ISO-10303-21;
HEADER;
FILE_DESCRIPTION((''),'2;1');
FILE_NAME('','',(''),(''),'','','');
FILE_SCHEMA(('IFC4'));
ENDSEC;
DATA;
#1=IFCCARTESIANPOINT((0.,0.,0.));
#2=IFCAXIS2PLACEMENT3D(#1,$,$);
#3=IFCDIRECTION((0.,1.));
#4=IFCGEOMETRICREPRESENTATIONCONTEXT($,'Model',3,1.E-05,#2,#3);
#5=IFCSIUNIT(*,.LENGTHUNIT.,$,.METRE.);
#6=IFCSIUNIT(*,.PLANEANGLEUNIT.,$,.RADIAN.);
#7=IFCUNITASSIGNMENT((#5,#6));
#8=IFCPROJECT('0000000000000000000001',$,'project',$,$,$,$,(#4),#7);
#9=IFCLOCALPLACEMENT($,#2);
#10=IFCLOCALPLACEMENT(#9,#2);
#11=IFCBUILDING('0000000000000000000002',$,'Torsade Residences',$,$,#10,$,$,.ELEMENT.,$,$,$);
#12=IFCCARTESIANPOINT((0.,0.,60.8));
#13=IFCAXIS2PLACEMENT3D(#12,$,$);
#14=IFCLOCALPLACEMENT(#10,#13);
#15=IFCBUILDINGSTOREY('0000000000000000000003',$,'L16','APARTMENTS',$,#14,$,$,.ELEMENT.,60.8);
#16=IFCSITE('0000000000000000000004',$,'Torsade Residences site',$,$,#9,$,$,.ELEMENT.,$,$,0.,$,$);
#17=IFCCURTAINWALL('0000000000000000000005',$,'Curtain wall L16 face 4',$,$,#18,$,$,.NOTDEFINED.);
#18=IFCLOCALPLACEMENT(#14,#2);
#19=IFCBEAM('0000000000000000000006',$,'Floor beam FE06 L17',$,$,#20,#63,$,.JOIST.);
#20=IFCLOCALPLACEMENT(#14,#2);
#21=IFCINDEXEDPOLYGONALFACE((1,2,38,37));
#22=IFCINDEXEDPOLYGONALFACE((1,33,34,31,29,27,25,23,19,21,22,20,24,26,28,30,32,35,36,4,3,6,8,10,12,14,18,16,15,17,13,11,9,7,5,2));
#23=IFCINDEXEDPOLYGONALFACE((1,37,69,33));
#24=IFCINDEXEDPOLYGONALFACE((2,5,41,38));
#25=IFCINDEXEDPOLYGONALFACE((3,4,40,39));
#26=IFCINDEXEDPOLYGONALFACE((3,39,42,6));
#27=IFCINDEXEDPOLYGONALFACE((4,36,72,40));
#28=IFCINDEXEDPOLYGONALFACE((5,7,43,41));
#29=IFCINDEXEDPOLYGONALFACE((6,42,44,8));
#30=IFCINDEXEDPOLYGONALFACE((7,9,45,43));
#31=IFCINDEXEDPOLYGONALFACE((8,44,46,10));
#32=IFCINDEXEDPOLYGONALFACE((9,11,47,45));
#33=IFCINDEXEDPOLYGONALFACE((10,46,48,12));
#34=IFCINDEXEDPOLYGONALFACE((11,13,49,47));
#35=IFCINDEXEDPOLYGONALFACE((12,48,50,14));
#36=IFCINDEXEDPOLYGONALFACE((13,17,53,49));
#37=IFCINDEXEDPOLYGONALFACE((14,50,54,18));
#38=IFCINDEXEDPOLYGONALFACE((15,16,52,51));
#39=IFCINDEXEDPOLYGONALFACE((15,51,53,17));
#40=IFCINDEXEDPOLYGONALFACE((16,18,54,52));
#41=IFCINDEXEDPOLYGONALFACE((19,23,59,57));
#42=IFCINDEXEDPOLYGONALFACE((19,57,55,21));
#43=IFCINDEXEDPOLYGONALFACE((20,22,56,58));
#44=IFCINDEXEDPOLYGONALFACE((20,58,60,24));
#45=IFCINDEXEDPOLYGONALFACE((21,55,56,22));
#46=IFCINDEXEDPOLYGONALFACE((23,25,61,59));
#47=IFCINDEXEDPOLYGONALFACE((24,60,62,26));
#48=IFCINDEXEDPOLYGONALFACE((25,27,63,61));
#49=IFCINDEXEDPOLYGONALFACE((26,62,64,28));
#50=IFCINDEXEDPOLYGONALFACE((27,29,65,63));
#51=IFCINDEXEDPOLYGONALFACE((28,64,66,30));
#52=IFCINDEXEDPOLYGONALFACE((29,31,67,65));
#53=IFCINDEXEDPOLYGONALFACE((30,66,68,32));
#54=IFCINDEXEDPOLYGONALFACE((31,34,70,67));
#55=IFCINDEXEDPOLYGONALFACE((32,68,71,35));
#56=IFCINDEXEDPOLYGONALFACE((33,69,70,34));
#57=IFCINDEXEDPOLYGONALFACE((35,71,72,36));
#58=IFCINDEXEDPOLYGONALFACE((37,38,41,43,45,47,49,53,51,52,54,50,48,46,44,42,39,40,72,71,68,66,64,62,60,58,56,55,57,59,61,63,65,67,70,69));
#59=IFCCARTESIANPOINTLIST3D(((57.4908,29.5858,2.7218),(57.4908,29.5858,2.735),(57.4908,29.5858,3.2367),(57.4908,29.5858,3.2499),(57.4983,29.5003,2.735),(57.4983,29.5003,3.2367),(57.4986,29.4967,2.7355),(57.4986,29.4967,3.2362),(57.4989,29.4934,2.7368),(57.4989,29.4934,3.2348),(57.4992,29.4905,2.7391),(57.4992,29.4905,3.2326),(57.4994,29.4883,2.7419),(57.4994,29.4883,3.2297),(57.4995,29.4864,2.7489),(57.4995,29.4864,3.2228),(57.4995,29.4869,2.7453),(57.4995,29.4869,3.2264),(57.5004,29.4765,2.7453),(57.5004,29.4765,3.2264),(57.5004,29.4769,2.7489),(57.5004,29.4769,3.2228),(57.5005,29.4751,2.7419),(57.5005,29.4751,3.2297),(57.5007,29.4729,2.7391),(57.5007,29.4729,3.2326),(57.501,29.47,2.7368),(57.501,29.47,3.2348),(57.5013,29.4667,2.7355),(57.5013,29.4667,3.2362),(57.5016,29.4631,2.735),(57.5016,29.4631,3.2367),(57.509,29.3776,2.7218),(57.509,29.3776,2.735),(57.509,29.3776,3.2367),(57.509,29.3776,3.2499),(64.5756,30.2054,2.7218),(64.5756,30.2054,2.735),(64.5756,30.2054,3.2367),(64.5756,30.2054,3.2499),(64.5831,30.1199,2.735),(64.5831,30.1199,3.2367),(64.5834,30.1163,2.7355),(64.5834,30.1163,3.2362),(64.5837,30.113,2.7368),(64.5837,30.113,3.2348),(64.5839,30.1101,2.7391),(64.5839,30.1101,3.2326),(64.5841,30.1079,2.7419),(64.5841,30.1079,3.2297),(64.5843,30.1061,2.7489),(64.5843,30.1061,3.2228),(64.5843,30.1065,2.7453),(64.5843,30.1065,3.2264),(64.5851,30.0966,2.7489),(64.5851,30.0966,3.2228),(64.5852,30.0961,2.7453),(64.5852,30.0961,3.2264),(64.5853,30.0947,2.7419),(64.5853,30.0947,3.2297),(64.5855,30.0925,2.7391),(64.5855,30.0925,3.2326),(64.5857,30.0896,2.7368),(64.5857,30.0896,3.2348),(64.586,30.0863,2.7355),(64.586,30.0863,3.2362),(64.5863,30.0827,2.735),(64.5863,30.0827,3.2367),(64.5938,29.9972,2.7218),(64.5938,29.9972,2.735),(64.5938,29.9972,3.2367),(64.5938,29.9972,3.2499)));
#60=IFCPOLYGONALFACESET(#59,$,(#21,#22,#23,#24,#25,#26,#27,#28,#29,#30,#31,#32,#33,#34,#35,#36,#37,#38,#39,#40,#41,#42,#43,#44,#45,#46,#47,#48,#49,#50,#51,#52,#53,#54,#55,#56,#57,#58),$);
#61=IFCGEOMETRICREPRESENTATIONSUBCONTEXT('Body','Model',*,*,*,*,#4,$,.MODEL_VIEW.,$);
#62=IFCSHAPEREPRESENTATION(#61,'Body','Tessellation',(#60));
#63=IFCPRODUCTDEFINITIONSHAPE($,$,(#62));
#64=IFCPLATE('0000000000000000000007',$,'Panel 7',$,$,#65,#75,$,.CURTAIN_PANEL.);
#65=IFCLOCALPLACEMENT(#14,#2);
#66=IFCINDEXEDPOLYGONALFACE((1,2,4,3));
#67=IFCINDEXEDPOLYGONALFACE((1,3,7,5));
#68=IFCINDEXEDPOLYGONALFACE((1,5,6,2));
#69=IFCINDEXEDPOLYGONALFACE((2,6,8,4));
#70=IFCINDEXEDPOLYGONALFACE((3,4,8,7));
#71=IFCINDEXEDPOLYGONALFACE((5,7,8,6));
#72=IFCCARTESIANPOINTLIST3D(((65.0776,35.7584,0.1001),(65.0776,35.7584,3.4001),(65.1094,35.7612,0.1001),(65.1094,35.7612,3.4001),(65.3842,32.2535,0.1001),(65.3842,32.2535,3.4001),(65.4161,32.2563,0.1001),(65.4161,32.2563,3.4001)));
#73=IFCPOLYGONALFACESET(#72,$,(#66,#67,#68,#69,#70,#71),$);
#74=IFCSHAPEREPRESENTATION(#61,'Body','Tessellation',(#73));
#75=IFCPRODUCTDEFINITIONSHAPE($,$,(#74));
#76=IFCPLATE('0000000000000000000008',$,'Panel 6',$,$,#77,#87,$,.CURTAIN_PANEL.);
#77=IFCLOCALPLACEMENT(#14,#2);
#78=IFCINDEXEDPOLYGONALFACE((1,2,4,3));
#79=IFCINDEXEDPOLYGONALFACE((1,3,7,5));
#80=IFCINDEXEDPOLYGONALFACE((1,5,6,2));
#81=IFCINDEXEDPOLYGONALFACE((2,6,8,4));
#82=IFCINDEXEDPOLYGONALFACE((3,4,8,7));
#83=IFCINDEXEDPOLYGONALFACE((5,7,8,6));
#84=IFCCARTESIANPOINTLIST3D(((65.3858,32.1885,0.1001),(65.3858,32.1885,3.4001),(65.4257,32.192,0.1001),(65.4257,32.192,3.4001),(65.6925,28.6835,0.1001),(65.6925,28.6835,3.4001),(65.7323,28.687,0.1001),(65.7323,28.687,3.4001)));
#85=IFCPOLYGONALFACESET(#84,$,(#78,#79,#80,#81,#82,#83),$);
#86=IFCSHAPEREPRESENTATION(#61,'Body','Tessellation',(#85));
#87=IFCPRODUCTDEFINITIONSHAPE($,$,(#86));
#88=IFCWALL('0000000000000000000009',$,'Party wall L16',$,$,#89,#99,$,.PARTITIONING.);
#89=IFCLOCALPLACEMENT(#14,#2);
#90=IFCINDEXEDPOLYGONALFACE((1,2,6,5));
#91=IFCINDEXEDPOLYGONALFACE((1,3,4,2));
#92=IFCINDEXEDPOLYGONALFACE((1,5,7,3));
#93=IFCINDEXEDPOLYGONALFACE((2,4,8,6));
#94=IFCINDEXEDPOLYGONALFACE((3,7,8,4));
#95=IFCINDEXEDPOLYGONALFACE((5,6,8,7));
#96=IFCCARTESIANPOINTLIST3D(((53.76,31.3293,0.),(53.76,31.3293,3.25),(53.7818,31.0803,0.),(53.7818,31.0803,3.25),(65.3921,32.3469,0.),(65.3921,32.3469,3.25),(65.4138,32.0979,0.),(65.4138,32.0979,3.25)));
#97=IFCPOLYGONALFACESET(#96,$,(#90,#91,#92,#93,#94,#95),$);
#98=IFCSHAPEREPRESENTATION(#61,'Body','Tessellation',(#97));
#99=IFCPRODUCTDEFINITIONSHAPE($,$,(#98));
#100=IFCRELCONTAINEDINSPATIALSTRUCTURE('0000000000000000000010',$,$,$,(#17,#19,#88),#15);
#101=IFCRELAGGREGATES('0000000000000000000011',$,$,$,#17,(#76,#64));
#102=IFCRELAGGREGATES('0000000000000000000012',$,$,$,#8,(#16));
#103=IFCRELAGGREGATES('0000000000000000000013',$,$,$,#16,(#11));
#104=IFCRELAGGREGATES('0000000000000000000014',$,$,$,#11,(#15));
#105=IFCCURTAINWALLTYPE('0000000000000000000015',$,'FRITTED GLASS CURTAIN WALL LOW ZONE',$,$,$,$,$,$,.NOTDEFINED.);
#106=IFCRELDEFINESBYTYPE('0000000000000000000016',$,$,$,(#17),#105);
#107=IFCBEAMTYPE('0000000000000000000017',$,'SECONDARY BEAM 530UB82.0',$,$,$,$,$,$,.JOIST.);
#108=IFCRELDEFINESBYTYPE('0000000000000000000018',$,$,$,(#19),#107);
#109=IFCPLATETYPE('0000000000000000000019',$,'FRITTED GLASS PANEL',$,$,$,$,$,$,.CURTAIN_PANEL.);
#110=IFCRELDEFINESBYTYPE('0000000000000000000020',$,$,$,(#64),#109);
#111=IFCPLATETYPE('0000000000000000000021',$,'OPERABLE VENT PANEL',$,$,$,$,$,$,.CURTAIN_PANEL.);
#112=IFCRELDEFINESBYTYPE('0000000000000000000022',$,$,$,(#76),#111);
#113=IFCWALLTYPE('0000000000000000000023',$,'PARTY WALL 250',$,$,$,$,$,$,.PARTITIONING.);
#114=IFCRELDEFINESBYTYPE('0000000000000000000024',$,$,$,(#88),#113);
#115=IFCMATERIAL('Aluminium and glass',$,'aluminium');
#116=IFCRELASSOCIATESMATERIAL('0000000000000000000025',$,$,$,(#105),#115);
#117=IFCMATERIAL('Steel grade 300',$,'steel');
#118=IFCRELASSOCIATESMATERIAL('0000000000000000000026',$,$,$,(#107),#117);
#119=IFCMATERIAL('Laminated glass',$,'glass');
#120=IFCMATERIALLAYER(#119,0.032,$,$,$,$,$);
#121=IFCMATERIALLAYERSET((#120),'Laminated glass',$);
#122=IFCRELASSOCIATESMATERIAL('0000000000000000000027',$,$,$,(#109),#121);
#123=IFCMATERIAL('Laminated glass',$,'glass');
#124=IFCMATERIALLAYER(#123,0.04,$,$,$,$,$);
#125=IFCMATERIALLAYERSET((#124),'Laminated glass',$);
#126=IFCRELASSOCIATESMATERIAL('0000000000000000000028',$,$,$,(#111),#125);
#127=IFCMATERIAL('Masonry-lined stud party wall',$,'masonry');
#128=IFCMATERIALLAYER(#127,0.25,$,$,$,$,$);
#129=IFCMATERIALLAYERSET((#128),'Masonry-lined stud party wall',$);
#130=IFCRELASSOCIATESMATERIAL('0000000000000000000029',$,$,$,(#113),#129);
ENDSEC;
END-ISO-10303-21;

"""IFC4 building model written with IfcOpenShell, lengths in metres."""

from ifc_helpers import new_model, si_unit, direction, frame, frame_2d, origin, origin_2d, place, context, subcontext, project, spatial, rectangle, i_section, extrude, material, layer, layer_set, material_profile, profile_set, type_object, element, aggregate, save


model = new_model("IFC4")

# Units and contexts
model_context = context("Model", 3, precision=1e-05, world=origin(), true_north=direction((0.0, 1.0)))
body_context = subcontext(model_context, "Body", "Model", "MODEL_VIEW")
ifc_project = project(units=[si_unit("LENGTHUNIT", "METRE"), si_unit("PLANEANGLEUNIT", "RADIAN")], contexts=[model_context])

# Site, building, storey
site_placement = place(None, origin())
site = spatial("IfcSite", under=ifc_project, at=site_placement, Name="Torsade Residences site", CompositionType="ELEMENT", RefElevation=0.0)
building_placement = place(site_placement, origin())
building = spatial("IfcBuilding", under=site, at=building_placement, Name="Torsade Residences", CompositionType="ELEMENT")
storey_placement = place(building_placement, frame((0.0, 0.0, 60.8)))
storey = spatial("IfcBuildingStorey", under=building, at=storey_placement, Name="L16", Description="APARTMENTS", CompositionType="ELEMENT", Elevation=60.8)

# Curtain wall
ifc_material_1 = material(Name="Aluminium and glass", Category="aluminium")
curtain_wall_type = type_object("IfcCurtainWallType", Name="FRITTED GLASS CURTAIN WALL LOW ZONE", PredefinedType="NOTDEFINED", material=ifc_material_1)
curtain_wall_placement = place(storey_placement, origin())
curtain_wall = element("IfcCurtainWall", 1, at=curtain_wall_placement, inside=storey, type_object=curtain_wall_type, Name="Curtain wall L16 face 4", PredefinedType="NOTDEFINED")

# Beam
ifc_material_2 = material(Name="Steel grade 300", Category="steel")
ifc_material_profile_1 = material_profile(ifc_material_2, i_section(OverallWidth=0.209, OverallDepth=0.5281, WebThickness=0.0095, FlangeThickness=0.0132, FilletRadius=0.0139, at=origin_2d()), Name="530UB82.0")
ifc_profile_set_1 = profile_set([ifc_material_profile_1], Name="Steel grade 300")
beam_type_1 = type_object("IfcBeamType", Name="SECONDARY BEAM 530UB82.0", PredefinedType="JOIST", material=ifc_profile_set_1)
beam_1_placement = place(storey_placement, frame((64.5847, 30.1013, 2.9858), z_axis=(-0.996197, -0.087127, 0.0), x_axis=(0.087127, -0.996197, 0.0)))
element("IfcBeam", 2, at=beam_1_placement, inside=storey, type_object=beam_type_1, Name="Floor beam FE06 L17", PredefinedType="JOIST", context=body_context, shape_type="SweptSolid", body=[
    extrude(i_section(OverallWidth=0.209, OverallDepth=0.5281, WebThickness=0.0095, FlangeThickness=0.0132, FilletRadius=0.0139, at=origin_2d()), origin(), (0.0, 0.0, 1.0), 7.1118),
])

# Plates
ifc_material_3 = material(Name="Laminated glass", Category="glass")
ifc_layer_1 = layer(ifc_material_3, 0.032)
ifc_layer_set_1 = layer_set([ifc_layer_1], Name="Laminated glass")
plate_type_1 = type_object("IfcPlateType", Name="FRITTED GLASS PANEL", PredefinedType="CURTAIN_PANEL", material=ifc_layer_set_1)
plate_1_placement = place(storey_placement, frame((65.2468, 34.0073, 0.1001), z_axis=(0.0, 0.0, 1.0), x_axis=(-0.087156, 0.996195, 0.0)))
plate_1 = element("IfcPlate", 3, at=plate_1_placement, type_object=plate_type_1, Name="Panel 7", PredefinedType="CURTAIN_PANEL", context=body_context, shape_type="SweptSolid", body=[
    extrude(rectangle(XDim=3.5183, YDim=0.032, at=origin_2d()), origin(), (0.0, 0.0, 1.0), 3.3),
])
ifc_material_4 = material(Name="Laminated glass", Category="glass")
ifc_layer_2 = layer(ifc_material_4, 0.04)
ifc_layer_set_2 = layer_set([ifc_layer_2], Name="Laminated glass")
plate_type_2 = type_object("IfcPlateType", Name="OPERABLE VENT PANEL", PredefinedType="CURTAIN_PANEL", material=ifc_layer_set_2)
plate_2_placement = place(storey_placement, frame((65.5591, 30.4377, 0.1001), z_axis=(0.0, 0.0, 1.0), x_axis=(-0.087156, 0.996195, 0.0)))
plate_2 = element("IfcPlate", 4, at=plate_2_placement, type_object=plate_type_2, Name="Panel 6", PredefinedType="CURTAIN_PANEL", context=body_context, shape_type="SweptSolid", body=[
    extrude(rectangle(XDim=3.5183, YDim=0.04, at=origin_2d()), origin(), (0.0, 0.0, 1.0), 3.3),
])
aggregate(curtain_wall, [plate_2, plate_1])

# Wall
ifc_material_5 = material(Name="Masonry-lined stud party wall", Category="masonry")
ifc_layer_3 = layer(ifc_material_5, 0.25)
ifc_layer_set_3 = layer_set([ifc_layer_3], Name="Masonry-lined stud party wall")
wall_type = type_object("IfcWallType", Name="PARTY WALL 250", PredefinedType="PARTITIONING", material=ifc_layer_set_3)
wall_placement = place(storey_placement, frame((65.4031, 32.2224, 0.0), z_axis=(0.0, 0.0, 1.0), x_axis=(-0.996195, -0.087147, 0.0)))
element("IfcWall", 5, at=wall_placement, inside=storey, type_object=wall_type, Name="Party wall L16", PredefinedType="PARTITIONING", context=body_context, shape_type="SweptSolid", body=[
    extrude(rectangle(XDim=11.6765, YDim=0.25, at=frame_2d((5.8384, 0.0))), origin(), (0.0, 0.0, 1.0), 3.25),
])

save(model, "model.ifc")
